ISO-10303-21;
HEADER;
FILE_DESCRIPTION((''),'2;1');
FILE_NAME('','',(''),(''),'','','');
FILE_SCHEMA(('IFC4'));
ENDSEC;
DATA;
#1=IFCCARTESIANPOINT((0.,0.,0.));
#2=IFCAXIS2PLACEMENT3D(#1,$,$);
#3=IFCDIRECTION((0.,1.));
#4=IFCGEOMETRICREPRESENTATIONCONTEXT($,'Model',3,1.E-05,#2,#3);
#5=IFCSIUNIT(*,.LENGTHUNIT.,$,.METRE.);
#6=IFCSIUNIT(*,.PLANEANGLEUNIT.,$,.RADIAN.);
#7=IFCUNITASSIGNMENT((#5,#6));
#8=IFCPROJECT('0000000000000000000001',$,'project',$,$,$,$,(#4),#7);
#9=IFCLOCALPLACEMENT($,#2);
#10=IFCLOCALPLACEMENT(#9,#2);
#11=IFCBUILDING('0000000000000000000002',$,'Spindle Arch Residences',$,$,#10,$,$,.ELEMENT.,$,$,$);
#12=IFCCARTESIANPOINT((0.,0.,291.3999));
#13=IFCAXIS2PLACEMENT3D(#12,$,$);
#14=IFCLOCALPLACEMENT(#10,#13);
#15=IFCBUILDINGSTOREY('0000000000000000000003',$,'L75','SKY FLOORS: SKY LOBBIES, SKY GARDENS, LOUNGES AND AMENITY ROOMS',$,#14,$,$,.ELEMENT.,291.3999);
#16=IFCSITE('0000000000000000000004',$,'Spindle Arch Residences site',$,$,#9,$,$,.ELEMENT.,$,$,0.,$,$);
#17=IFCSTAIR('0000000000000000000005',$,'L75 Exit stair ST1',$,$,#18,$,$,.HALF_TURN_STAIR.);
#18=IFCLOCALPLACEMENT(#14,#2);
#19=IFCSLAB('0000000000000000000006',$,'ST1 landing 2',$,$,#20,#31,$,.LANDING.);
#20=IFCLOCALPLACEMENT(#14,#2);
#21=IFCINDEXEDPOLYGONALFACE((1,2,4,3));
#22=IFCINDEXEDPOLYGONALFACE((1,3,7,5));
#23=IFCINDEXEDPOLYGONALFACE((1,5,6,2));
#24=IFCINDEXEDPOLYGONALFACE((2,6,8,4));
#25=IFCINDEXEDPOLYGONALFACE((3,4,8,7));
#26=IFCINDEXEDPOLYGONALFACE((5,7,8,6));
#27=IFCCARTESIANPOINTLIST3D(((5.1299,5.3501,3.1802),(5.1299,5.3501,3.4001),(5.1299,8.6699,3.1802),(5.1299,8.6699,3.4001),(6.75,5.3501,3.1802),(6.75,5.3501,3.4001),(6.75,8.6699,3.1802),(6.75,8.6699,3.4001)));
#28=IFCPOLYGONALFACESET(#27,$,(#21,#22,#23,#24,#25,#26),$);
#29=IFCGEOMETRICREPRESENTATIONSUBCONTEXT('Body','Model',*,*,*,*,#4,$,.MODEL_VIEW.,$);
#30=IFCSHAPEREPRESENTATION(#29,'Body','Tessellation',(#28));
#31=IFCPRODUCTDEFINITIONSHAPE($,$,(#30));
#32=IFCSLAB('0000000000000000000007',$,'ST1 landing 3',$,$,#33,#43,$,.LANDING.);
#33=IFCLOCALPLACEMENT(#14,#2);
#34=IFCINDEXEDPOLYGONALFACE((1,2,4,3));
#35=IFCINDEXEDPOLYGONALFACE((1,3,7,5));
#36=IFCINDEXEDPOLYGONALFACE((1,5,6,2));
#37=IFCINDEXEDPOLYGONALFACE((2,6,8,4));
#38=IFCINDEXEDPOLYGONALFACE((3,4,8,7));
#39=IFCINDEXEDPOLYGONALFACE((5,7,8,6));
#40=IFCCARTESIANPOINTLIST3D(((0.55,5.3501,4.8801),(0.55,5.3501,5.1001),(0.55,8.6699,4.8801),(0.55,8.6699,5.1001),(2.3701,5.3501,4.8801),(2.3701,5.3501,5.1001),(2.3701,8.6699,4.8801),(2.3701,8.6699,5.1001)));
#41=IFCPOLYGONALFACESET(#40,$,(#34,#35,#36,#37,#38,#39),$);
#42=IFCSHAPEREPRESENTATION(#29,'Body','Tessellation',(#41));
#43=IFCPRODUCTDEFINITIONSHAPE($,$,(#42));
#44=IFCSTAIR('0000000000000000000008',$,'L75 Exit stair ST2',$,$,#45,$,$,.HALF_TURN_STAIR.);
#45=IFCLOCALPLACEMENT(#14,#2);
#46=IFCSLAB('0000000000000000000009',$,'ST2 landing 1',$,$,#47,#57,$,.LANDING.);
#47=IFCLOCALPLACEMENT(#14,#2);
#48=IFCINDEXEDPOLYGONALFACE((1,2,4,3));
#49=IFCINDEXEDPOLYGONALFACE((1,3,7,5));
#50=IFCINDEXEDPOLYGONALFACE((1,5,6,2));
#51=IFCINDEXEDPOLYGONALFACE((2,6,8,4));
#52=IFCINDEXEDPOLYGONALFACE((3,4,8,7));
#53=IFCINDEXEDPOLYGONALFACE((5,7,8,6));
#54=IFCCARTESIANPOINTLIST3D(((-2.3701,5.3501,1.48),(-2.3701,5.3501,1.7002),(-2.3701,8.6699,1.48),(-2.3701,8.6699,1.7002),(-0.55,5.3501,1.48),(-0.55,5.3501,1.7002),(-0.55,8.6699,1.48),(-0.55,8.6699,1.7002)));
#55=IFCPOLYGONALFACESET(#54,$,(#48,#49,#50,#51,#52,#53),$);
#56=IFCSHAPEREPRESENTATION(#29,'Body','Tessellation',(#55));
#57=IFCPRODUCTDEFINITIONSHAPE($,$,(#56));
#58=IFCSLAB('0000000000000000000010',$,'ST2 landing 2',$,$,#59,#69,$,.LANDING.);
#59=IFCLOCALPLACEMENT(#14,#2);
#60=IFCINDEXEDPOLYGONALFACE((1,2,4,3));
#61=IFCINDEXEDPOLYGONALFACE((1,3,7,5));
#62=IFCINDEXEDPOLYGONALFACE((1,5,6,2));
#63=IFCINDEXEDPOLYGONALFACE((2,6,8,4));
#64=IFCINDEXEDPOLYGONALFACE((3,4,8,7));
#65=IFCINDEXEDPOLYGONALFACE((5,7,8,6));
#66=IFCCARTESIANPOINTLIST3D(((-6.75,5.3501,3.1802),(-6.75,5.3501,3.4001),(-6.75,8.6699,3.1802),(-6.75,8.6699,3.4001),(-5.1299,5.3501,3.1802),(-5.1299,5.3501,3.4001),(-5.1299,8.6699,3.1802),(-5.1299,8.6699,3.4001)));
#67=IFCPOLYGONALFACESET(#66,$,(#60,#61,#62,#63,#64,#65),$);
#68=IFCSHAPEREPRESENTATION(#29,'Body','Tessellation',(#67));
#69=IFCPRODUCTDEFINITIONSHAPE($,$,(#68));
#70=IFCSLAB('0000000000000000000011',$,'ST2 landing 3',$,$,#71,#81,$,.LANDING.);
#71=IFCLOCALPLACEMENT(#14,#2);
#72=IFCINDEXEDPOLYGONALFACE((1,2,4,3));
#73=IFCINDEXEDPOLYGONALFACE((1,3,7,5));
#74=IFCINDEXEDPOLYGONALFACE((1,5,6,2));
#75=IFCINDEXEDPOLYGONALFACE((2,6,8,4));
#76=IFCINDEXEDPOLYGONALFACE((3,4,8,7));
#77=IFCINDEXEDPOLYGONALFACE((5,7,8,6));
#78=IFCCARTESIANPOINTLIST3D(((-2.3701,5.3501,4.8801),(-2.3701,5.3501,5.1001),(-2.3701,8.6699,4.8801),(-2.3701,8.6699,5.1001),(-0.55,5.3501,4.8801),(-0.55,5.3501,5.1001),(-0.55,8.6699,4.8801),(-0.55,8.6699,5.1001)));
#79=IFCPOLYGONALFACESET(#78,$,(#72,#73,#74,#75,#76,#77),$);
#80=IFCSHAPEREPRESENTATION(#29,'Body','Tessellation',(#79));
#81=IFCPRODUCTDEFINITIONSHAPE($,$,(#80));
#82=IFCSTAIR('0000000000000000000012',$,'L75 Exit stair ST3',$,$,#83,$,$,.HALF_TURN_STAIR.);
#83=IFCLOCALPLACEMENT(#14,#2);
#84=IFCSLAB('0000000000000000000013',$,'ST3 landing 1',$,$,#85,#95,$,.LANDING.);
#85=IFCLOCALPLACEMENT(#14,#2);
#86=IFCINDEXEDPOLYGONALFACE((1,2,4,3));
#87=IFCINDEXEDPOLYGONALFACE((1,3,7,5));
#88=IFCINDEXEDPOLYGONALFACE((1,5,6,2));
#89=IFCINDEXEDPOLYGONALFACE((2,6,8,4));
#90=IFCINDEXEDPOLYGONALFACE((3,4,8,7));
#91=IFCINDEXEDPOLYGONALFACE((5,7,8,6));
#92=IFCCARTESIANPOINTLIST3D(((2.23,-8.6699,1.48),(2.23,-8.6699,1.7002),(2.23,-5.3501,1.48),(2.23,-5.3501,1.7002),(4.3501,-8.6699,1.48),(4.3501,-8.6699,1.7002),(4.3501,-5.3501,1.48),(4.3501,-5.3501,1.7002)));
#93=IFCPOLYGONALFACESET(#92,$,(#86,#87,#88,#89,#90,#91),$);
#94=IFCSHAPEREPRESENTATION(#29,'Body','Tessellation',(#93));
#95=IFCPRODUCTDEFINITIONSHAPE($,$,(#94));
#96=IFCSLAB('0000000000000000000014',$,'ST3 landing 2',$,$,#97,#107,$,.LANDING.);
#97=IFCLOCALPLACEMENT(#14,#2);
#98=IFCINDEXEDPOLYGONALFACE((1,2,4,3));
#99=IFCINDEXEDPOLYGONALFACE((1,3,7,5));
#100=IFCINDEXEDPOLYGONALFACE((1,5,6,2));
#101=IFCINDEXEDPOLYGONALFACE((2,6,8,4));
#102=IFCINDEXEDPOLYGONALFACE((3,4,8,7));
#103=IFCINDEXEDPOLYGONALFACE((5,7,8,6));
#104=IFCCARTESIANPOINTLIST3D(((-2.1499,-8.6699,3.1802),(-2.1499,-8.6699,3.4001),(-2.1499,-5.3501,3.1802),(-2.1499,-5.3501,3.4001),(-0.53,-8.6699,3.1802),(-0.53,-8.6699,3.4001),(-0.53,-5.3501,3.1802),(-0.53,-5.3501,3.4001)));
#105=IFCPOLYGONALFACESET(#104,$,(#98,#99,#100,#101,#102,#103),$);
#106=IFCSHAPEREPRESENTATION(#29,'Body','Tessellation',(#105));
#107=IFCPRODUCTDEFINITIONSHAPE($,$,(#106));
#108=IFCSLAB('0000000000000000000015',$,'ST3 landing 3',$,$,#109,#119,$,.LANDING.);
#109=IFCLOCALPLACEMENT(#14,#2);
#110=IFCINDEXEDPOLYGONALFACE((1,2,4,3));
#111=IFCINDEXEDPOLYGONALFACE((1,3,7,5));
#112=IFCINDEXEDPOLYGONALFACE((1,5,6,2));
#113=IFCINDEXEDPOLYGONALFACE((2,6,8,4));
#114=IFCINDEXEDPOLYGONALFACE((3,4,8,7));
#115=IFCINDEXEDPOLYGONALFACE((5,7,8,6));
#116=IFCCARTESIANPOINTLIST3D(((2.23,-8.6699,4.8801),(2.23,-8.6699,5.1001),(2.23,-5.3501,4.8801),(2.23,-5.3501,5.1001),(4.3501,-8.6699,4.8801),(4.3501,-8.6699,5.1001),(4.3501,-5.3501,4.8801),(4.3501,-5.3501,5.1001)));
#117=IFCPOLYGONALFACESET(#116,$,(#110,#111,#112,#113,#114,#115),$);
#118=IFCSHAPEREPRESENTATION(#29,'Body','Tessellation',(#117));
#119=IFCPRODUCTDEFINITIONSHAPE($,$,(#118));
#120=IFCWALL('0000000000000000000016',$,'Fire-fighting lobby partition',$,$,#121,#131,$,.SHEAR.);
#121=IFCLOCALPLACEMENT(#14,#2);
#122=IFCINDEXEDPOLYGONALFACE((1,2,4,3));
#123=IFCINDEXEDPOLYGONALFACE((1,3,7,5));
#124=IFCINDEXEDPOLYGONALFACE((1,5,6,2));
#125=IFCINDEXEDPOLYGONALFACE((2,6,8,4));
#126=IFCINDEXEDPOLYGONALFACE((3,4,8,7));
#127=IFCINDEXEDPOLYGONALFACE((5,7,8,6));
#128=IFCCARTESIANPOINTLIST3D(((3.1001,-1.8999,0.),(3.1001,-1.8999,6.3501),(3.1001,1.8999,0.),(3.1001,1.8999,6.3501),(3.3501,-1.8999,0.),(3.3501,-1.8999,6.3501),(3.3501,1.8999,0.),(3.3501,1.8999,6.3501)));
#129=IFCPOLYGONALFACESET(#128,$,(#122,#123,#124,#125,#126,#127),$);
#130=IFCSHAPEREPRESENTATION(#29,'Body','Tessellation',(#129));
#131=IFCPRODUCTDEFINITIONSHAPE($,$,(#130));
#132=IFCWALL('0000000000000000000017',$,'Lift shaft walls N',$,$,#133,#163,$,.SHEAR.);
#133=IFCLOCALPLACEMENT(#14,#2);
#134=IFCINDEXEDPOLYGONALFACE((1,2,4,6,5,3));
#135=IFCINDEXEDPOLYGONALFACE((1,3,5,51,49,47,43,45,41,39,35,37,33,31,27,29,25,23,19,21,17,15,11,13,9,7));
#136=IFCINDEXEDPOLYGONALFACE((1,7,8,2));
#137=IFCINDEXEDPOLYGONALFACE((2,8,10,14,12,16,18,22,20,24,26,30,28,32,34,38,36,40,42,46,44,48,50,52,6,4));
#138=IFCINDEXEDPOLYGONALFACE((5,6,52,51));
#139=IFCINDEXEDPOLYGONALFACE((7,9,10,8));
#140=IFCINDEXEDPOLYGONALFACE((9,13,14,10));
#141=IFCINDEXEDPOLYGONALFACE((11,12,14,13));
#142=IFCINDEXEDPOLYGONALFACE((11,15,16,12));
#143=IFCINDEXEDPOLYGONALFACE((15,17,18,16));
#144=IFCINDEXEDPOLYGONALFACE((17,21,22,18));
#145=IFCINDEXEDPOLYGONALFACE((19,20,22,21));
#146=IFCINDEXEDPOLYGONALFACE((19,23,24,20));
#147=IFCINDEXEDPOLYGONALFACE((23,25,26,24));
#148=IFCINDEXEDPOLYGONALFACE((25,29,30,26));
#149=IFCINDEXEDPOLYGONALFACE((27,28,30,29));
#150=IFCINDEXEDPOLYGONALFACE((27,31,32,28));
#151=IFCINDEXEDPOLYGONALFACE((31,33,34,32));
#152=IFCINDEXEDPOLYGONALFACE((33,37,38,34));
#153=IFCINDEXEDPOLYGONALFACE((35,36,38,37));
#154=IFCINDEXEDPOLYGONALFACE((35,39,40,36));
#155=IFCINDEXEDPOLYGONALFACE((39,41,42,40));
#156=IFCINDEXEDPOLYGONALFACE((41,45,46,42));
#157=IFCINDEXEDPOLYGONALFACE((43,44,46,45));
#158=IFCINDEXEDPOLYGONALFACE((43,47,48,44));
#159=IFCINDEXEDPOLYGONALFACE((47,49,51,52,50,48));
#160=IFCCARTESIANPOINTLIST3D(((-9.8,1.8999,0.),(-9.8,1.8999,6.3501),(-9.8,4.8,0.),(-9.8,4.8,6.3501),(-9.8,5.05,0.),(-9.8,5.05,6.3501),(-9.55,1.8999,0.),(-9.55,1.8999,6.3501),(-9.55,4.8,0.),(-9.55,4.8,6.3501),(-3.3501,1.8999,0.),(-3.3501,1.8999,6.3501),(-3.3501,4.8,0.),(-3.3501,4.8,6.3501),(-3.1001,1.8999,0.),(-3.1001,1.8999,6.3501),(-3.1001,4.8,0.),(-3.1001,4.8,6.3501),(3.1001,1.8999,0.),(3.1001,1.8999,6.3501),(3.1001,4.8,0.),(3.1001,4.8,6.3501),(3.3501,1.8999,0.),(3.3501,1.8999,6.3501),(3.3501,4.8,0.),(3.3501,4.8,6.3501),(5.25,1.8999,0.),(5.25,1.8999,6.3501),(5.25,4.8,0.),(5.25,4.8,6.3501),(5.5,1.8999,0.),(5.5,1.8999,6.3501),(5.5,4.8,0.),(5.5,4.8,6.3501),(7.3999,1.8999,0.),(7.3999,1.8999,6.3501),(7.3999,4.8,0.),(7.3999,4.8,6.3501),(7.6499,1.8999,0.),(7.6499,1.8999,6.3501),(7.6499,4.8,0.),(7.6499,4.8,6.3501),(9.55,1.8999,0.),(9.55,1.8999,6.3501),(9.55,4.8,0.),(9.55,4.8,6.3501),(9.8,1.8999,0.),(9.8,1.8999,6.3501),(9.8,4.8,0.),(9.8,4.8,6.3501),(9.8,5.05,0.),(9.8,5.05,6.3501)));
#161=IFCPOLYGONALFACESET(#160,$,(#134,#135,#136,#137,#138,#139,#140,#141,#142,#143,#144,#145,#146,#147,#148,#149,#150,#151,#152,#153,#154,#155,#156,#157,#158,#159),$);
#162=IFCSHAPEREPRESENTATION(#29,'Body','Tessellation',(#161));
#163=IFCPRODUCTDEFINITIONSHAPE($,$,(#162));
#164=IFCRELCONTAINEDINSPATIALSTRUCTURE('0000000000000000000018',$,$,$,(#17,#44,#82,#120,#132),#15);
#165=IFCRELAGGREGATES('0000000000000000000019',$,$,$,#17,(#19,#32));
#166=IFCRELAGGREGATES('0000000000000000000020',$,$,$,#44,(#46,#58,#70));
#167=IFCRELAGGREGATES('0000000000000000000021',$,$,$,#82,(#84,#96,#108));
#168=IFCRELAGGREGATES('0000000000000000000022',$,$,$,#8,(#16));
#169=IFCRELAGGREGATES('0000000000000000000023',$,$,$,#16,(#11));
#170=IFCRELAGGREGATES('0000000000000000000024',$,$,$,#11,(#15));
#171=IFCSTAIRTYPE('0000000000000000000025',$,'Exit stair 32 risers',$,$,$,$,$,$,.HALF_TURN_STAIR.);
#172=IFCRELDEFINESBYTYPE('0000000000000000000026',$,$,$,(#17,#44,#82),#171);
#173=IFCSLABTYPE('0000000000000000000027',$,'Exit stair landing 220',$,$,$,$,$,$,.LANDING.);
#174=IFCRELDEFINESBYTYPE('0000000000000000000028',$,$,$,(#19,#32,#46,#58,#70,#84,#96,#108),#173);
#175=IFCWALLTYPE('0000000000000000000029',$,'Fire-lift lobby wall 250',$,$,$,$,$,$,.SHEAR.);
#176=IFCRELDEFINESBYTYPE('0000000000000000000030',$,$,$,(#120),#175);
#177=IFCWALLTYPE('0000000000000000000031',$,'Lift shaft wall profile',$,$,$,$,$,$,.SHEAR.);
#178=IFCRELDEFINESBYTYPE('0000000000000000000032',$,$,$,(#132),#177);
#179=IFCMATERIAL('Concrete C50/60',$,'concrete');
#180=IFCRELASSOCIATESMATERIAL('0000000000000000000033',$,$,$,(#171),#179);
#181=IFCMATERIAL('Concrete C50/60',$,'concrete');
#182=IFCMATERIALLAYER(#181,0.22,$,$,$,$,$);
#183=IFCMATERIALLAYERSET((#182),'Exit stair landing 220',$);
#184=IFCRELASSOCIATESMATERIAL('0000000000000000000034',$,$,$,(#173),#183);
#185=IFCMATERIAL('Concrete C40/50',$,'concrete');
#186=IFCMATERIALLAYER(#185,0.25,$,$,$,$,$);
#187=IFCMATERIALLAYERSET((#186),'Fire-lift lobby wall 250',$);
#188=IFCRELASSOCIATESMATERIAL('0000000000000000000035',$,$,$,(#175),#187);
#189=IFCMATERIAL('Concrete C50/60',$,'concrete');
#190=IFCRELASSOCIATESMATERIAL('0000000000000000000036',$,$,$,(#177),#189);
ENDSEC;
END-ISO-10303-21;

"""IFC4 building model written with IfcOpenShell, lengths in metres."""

from ifc_helpers import new_model, si_unit, direction, frame, frame_2d, origin, place, context, subcontext, project, spatial, polyline, rectangle, outline, extrude, material, layer, layer_set, type_object, element, aggregate, save


model = new_model("IFC4")

# Units and contexts
model_context = context("Model", 3, precision=1e-05, world=origin(), true_north=direction((0.0, 1.0)))
body_context = subcontext(model_context, "Body", "Model", "MODEL_VIEW")
ifc_project = project(units=[si_unit("LENGTHUNIT", "METRE"), si_unit("PLANEANGLEUNIT", "RADIAN")], contexts=[model_context])

# Site, building, storey
site_placement = place(None, origin())
site = spatial("IfcSite", under=ifc_project, at=site_placement, Name="Spindle Arch Residences site", CompositionType="ELEMENT", RefElevation=0.0)
building_placement = place(site_placement, origin())
building = spatial("IfcBuilding", under=site, at=building_placement, Name="Spindle Arch Residences", CompositionType="ELEMENT")
storey_placement = place(building_placement, frame((0.0, 0.0, 291.3999)))
storey = spatial("IfcBuildingStorey", under=building, at=storey_placement, Name="L75", Description="SKY FLOORS: SKY LOBBIES, SKY GARDENS, LOUNGES AND AMENITY ROOMS", CompositionType="ELEMENT", Elevation=291.3999)

# Stairs, slabs
ifc_material_1 = material(Name="Concrete C50/60", Category="concrete")
stair_type = type_object("IfcStairType", Name="Exit stair 32 risers", PredefinedType="HALF_TURN_STAIR", material=ifc_material_1)
stair_1_placement = place(storey_placement, origin())
stair_1 = element("IfcStair", 1, at=stair_1_placement, inside=storey, type_object=stair_type, Name="L75 Exit stair ST1", PredefinedType="HALF_TURN_STAIR")
ifc_material_2 = material(Name="Concrete C50/60", Category="concrete")
ifc_layer_1 = layer(ifc_material_2, 0.22)
ifc_layer_set_1 = layer_set([ifc_layer_1], Name="Exit stair landing 220")
slab_type_1 = type_object("IfcSlabType", Name="Exit stair landing 220", PredefinedType="LANDING", material=ifc_layer_set_1)
slab_1_placement = place(storey_placement, frame((0.0, 0.0, 3.1802)))
slab_1 = element("IfcSlab", 2, at=slab_1_placement, type_object=slab_type_1, Name="ST1 landing 2", PredefinedType="LANDING", context=body_context, shape_type="SweptSolid", body=[
    extrude(outline(polyline([(6.75, 8.6699), (5.1299, 8.6699), (5.1299, 5.3501), (6.75, 5.3501), (6.75, 8.6699)])), origin(), (0.0, 0.0, 1.0), 0.22),
])
slab_2_placement = place(storey_placement, frame((0.0, 0.0, 4.8801)))
slab_2 = element("IfcSlab", 3, at=slab_2_placement, type_object=slab_type_1, Name="ST1 landing 3", PredefinedType="LANDING", context=body_context, shape_type="SweptSolid", body=[
    extrude(outline(polyline([(2.3701, 8.6699), (0.55, 8.6699), (0.55, 5.3501), (2.3701, 5.3501), (2.3701, 8.6699)])), origin(), (0.0, 0.0, 1.0), 0.22),
])
aggregate(stair_1, [slab_1, slab_2])
stair_2_placement = place(storey_placement, origin())
stair_2 = element("IfcStair", 4, at=stair_2_placement, inside=storey, type_object=stair_type, Name="L75 Exit stair ST2", PredefinedType="HALF_TURN_STAIR")
slab_3_placement = place(storey_placement, frame((0.0, 0.0, 1.48)))
slab_3 = element("IfcSlab", 5, at=slab_3_placement, type_object=slab_type_1, Name="ST2 landing 1", PredefinedType="LANDING", context=body_context, shape_type="SweptSolid", body=[
    extrude(outline(polyline([(-2.3701, 5.3501), (-0.55, 5.3501), (-0.55, 8.6699), (-2.3701, 8.6699), (-2.3701, 5.3501)])), origin(), (0.0, 0.0, 1.0), 0.2202),
])
slab_4_placement = place(storey_placement, frame((0.0, 0.0, 3.1802)))
slab_4 = element("IfcSlab", 6, at=slab_4_placement, type_object=slab_type_1, Name="ST2 landing 2", PredefinedType="LANDING", context=body_context, shape_type="SweptSolid", body=[
    extrude(outline(polyline([(-6.75, 5.3501), (-5.1299, 5.3501), (-5.1299, 8.6699), (-6.75, 8.6699), (-6.75, 5.3501)])), origin(), (0.0, 0.0, 1.0), 0.22),
])
slab_5_placement = place(storey_placement, frame((0.0, 0.0, 4.8801)))
slab_5 = element("IfcSlab", 7, at=slab_5_placement, type_object=slab_type_1, Name="ST2 landing 3", PredefinedType="LANDING", context=body_context, shape_type="SweptSolid", body=[
    extrude(outline(polyline([(-2.3701, 5.3501), (-0.55, 5.3501), (-0.55, 8.6699), (-2.3701, 8.6699), (-2.3701, 5.3501)])), origin(), (0.0, 0.0, 1.0), 0.22),
])
aggregate(stair_2, [slab_3, slab_4, slab_5])
stair_3_placement = place(storey_placement, origin())
stair_3 = element("IfcStair", 8, at=stair_3_placement, inside=storey, type_object=stair_type, Name="L75 Exit stair ST3", PredefinedType="HALF_TURN_STAIR")
slab_6_placement = place(storey_placement, frame((0.0, 0.0, 1.48)))
slab_6 = element("IfcSlab", 9, at=slab_6_placement, type_object=slab_type_1, Name="ST3 landing 1", PredefinedType="LANDING", context=body_context, shape_type="SweptSolid", body=[
    extrude(outline(polyline([(2.23, -8.6699), (4.3501, -8.6699), (4.3501, -5.3501), (2.23, -5.3501), (2.23, -8.6699)])), origin(), (0.0, 0.0, 1.0), 0.2202),
])
slab_7_placement = place(storey_placement, frame((0.0, 0.0, 3.1802)))
slab_7 = element("IfcSlab", 10, at=slab_7_placement, type_object=slab_type_1, Name="ST3 landing 2", PredefinedType="LANDING", context=body_context, shape_type="SweptSolid", body=[
    extrude(outline(polyline([(-2.1499, -8.6699), (-0.53, -8.6699), (-0.53, -5.3501), (-2.1499, -5.3501), (-2.1499, -8.6699)])), origin(), (0.0, 0.0, 1.0), 0.22),
])
slab_8_placement = place(storey_placement, frame((0.0, 0.0, 4.8801)))
slab_8 = element("IfcSlab", 11, at=slab_8_placement, type_object=slab_type_1, Name="ST3 landing 3", PredefinedType="LANDING", context=body_context, shape_type="SweptSolid", body=[
    extrude(outline(polyline([(2.23, -8.6699), (4.3501, -8.6699), (4.3501, -5.3501), (2.23, -5.3501), (2.23, -8.6699)])), origin(), (0.0, 0.0, 1.0), 0.22),
])
aggregate(stair_3, [slab_6, slab_7, slab_8])

# Wall
ifc_material_3 = material(Name="Concrete C40/50", Category="concrete")
ifc_layer_2 = layer(ifc_material_3, 0.25)
ifc_layer_set_2 = layer_set([ifc_layer_2], Name="Fire-lift lobby wall 250")
wall_type_1 = type_object("IfcWallType", Name="Fire-lift lobby wall 250", PredefinedType="SHEAR", material=ifc_layer_set_2)
wall_1_placement = place(storey_placement, frame((3.2251, -1.8999, 0.0), z_axis=(0.0, 0.0, 1.0), x_axis=(0.0, 1.0, 0.0)))
element("IfcWall", 12, at=wall_1_placement, inside=storey, type_object=wall_type_1, Name="Fire-fighting lobby partition", PredefinedType="SHEAR", context=body_context, shape_type="SweptSolid", body=[
    extrude(rectangle(XDim=3.7998, YDim=0.25, at=frame_2d((1.8999, 0.0))), origin(), (0.0, 0.0, 1.0), 6.3501),
])

# Wall
ifc_material_4 = material(Name="Concrete C50/60", Category="concrete")
wall_type_2 = type_object("IfcWallType", Name="Lift shaft wall profile", PredefinedType="SHEAR", material=ifc_material_4)
wall_2_placement = place(storey_placement, origin())
element("IfcWall", 13, at=wall_2_placement, inside=storey, type_object=wall_type_2, Name="Lift shaft walls N", PredefinedType="SHEAR", context=body_context, shape_type="SweptSolid", body=[
    extrude(outline(polyline([(-9.8, 1.8999), (-9.55, 1.8999), (-9.55, 4.8), (-3.3501, 4.8), (-3.3501, 1.8999), (-3.1001, 1.8999), (-3.1001, 4.8), (3.1001, 4.8), (3.1001, 1.8999), (3.3501, 1.8999), (3.3501, 4.8), (5.25, 4.8), (5.25, 1.8999), (5.5, 1.8999), (5.5, 4.8), (7.3999, 4.8), (7.3999, 1.8999), (7.6499, 1.8999), (7.6499, 4.8), (9.55, 4.8), (9.55, 1.8999), (9.8, 1.8999), (9.8, 4.8), (9.8, 5.05), (-9.8, 5.05), (-9.8, 4.8), (-9.8, 1.8999)])), origin(), (0.0, 0.0, 1.0), 6.3501),
])

save(model, "model.ifc")
